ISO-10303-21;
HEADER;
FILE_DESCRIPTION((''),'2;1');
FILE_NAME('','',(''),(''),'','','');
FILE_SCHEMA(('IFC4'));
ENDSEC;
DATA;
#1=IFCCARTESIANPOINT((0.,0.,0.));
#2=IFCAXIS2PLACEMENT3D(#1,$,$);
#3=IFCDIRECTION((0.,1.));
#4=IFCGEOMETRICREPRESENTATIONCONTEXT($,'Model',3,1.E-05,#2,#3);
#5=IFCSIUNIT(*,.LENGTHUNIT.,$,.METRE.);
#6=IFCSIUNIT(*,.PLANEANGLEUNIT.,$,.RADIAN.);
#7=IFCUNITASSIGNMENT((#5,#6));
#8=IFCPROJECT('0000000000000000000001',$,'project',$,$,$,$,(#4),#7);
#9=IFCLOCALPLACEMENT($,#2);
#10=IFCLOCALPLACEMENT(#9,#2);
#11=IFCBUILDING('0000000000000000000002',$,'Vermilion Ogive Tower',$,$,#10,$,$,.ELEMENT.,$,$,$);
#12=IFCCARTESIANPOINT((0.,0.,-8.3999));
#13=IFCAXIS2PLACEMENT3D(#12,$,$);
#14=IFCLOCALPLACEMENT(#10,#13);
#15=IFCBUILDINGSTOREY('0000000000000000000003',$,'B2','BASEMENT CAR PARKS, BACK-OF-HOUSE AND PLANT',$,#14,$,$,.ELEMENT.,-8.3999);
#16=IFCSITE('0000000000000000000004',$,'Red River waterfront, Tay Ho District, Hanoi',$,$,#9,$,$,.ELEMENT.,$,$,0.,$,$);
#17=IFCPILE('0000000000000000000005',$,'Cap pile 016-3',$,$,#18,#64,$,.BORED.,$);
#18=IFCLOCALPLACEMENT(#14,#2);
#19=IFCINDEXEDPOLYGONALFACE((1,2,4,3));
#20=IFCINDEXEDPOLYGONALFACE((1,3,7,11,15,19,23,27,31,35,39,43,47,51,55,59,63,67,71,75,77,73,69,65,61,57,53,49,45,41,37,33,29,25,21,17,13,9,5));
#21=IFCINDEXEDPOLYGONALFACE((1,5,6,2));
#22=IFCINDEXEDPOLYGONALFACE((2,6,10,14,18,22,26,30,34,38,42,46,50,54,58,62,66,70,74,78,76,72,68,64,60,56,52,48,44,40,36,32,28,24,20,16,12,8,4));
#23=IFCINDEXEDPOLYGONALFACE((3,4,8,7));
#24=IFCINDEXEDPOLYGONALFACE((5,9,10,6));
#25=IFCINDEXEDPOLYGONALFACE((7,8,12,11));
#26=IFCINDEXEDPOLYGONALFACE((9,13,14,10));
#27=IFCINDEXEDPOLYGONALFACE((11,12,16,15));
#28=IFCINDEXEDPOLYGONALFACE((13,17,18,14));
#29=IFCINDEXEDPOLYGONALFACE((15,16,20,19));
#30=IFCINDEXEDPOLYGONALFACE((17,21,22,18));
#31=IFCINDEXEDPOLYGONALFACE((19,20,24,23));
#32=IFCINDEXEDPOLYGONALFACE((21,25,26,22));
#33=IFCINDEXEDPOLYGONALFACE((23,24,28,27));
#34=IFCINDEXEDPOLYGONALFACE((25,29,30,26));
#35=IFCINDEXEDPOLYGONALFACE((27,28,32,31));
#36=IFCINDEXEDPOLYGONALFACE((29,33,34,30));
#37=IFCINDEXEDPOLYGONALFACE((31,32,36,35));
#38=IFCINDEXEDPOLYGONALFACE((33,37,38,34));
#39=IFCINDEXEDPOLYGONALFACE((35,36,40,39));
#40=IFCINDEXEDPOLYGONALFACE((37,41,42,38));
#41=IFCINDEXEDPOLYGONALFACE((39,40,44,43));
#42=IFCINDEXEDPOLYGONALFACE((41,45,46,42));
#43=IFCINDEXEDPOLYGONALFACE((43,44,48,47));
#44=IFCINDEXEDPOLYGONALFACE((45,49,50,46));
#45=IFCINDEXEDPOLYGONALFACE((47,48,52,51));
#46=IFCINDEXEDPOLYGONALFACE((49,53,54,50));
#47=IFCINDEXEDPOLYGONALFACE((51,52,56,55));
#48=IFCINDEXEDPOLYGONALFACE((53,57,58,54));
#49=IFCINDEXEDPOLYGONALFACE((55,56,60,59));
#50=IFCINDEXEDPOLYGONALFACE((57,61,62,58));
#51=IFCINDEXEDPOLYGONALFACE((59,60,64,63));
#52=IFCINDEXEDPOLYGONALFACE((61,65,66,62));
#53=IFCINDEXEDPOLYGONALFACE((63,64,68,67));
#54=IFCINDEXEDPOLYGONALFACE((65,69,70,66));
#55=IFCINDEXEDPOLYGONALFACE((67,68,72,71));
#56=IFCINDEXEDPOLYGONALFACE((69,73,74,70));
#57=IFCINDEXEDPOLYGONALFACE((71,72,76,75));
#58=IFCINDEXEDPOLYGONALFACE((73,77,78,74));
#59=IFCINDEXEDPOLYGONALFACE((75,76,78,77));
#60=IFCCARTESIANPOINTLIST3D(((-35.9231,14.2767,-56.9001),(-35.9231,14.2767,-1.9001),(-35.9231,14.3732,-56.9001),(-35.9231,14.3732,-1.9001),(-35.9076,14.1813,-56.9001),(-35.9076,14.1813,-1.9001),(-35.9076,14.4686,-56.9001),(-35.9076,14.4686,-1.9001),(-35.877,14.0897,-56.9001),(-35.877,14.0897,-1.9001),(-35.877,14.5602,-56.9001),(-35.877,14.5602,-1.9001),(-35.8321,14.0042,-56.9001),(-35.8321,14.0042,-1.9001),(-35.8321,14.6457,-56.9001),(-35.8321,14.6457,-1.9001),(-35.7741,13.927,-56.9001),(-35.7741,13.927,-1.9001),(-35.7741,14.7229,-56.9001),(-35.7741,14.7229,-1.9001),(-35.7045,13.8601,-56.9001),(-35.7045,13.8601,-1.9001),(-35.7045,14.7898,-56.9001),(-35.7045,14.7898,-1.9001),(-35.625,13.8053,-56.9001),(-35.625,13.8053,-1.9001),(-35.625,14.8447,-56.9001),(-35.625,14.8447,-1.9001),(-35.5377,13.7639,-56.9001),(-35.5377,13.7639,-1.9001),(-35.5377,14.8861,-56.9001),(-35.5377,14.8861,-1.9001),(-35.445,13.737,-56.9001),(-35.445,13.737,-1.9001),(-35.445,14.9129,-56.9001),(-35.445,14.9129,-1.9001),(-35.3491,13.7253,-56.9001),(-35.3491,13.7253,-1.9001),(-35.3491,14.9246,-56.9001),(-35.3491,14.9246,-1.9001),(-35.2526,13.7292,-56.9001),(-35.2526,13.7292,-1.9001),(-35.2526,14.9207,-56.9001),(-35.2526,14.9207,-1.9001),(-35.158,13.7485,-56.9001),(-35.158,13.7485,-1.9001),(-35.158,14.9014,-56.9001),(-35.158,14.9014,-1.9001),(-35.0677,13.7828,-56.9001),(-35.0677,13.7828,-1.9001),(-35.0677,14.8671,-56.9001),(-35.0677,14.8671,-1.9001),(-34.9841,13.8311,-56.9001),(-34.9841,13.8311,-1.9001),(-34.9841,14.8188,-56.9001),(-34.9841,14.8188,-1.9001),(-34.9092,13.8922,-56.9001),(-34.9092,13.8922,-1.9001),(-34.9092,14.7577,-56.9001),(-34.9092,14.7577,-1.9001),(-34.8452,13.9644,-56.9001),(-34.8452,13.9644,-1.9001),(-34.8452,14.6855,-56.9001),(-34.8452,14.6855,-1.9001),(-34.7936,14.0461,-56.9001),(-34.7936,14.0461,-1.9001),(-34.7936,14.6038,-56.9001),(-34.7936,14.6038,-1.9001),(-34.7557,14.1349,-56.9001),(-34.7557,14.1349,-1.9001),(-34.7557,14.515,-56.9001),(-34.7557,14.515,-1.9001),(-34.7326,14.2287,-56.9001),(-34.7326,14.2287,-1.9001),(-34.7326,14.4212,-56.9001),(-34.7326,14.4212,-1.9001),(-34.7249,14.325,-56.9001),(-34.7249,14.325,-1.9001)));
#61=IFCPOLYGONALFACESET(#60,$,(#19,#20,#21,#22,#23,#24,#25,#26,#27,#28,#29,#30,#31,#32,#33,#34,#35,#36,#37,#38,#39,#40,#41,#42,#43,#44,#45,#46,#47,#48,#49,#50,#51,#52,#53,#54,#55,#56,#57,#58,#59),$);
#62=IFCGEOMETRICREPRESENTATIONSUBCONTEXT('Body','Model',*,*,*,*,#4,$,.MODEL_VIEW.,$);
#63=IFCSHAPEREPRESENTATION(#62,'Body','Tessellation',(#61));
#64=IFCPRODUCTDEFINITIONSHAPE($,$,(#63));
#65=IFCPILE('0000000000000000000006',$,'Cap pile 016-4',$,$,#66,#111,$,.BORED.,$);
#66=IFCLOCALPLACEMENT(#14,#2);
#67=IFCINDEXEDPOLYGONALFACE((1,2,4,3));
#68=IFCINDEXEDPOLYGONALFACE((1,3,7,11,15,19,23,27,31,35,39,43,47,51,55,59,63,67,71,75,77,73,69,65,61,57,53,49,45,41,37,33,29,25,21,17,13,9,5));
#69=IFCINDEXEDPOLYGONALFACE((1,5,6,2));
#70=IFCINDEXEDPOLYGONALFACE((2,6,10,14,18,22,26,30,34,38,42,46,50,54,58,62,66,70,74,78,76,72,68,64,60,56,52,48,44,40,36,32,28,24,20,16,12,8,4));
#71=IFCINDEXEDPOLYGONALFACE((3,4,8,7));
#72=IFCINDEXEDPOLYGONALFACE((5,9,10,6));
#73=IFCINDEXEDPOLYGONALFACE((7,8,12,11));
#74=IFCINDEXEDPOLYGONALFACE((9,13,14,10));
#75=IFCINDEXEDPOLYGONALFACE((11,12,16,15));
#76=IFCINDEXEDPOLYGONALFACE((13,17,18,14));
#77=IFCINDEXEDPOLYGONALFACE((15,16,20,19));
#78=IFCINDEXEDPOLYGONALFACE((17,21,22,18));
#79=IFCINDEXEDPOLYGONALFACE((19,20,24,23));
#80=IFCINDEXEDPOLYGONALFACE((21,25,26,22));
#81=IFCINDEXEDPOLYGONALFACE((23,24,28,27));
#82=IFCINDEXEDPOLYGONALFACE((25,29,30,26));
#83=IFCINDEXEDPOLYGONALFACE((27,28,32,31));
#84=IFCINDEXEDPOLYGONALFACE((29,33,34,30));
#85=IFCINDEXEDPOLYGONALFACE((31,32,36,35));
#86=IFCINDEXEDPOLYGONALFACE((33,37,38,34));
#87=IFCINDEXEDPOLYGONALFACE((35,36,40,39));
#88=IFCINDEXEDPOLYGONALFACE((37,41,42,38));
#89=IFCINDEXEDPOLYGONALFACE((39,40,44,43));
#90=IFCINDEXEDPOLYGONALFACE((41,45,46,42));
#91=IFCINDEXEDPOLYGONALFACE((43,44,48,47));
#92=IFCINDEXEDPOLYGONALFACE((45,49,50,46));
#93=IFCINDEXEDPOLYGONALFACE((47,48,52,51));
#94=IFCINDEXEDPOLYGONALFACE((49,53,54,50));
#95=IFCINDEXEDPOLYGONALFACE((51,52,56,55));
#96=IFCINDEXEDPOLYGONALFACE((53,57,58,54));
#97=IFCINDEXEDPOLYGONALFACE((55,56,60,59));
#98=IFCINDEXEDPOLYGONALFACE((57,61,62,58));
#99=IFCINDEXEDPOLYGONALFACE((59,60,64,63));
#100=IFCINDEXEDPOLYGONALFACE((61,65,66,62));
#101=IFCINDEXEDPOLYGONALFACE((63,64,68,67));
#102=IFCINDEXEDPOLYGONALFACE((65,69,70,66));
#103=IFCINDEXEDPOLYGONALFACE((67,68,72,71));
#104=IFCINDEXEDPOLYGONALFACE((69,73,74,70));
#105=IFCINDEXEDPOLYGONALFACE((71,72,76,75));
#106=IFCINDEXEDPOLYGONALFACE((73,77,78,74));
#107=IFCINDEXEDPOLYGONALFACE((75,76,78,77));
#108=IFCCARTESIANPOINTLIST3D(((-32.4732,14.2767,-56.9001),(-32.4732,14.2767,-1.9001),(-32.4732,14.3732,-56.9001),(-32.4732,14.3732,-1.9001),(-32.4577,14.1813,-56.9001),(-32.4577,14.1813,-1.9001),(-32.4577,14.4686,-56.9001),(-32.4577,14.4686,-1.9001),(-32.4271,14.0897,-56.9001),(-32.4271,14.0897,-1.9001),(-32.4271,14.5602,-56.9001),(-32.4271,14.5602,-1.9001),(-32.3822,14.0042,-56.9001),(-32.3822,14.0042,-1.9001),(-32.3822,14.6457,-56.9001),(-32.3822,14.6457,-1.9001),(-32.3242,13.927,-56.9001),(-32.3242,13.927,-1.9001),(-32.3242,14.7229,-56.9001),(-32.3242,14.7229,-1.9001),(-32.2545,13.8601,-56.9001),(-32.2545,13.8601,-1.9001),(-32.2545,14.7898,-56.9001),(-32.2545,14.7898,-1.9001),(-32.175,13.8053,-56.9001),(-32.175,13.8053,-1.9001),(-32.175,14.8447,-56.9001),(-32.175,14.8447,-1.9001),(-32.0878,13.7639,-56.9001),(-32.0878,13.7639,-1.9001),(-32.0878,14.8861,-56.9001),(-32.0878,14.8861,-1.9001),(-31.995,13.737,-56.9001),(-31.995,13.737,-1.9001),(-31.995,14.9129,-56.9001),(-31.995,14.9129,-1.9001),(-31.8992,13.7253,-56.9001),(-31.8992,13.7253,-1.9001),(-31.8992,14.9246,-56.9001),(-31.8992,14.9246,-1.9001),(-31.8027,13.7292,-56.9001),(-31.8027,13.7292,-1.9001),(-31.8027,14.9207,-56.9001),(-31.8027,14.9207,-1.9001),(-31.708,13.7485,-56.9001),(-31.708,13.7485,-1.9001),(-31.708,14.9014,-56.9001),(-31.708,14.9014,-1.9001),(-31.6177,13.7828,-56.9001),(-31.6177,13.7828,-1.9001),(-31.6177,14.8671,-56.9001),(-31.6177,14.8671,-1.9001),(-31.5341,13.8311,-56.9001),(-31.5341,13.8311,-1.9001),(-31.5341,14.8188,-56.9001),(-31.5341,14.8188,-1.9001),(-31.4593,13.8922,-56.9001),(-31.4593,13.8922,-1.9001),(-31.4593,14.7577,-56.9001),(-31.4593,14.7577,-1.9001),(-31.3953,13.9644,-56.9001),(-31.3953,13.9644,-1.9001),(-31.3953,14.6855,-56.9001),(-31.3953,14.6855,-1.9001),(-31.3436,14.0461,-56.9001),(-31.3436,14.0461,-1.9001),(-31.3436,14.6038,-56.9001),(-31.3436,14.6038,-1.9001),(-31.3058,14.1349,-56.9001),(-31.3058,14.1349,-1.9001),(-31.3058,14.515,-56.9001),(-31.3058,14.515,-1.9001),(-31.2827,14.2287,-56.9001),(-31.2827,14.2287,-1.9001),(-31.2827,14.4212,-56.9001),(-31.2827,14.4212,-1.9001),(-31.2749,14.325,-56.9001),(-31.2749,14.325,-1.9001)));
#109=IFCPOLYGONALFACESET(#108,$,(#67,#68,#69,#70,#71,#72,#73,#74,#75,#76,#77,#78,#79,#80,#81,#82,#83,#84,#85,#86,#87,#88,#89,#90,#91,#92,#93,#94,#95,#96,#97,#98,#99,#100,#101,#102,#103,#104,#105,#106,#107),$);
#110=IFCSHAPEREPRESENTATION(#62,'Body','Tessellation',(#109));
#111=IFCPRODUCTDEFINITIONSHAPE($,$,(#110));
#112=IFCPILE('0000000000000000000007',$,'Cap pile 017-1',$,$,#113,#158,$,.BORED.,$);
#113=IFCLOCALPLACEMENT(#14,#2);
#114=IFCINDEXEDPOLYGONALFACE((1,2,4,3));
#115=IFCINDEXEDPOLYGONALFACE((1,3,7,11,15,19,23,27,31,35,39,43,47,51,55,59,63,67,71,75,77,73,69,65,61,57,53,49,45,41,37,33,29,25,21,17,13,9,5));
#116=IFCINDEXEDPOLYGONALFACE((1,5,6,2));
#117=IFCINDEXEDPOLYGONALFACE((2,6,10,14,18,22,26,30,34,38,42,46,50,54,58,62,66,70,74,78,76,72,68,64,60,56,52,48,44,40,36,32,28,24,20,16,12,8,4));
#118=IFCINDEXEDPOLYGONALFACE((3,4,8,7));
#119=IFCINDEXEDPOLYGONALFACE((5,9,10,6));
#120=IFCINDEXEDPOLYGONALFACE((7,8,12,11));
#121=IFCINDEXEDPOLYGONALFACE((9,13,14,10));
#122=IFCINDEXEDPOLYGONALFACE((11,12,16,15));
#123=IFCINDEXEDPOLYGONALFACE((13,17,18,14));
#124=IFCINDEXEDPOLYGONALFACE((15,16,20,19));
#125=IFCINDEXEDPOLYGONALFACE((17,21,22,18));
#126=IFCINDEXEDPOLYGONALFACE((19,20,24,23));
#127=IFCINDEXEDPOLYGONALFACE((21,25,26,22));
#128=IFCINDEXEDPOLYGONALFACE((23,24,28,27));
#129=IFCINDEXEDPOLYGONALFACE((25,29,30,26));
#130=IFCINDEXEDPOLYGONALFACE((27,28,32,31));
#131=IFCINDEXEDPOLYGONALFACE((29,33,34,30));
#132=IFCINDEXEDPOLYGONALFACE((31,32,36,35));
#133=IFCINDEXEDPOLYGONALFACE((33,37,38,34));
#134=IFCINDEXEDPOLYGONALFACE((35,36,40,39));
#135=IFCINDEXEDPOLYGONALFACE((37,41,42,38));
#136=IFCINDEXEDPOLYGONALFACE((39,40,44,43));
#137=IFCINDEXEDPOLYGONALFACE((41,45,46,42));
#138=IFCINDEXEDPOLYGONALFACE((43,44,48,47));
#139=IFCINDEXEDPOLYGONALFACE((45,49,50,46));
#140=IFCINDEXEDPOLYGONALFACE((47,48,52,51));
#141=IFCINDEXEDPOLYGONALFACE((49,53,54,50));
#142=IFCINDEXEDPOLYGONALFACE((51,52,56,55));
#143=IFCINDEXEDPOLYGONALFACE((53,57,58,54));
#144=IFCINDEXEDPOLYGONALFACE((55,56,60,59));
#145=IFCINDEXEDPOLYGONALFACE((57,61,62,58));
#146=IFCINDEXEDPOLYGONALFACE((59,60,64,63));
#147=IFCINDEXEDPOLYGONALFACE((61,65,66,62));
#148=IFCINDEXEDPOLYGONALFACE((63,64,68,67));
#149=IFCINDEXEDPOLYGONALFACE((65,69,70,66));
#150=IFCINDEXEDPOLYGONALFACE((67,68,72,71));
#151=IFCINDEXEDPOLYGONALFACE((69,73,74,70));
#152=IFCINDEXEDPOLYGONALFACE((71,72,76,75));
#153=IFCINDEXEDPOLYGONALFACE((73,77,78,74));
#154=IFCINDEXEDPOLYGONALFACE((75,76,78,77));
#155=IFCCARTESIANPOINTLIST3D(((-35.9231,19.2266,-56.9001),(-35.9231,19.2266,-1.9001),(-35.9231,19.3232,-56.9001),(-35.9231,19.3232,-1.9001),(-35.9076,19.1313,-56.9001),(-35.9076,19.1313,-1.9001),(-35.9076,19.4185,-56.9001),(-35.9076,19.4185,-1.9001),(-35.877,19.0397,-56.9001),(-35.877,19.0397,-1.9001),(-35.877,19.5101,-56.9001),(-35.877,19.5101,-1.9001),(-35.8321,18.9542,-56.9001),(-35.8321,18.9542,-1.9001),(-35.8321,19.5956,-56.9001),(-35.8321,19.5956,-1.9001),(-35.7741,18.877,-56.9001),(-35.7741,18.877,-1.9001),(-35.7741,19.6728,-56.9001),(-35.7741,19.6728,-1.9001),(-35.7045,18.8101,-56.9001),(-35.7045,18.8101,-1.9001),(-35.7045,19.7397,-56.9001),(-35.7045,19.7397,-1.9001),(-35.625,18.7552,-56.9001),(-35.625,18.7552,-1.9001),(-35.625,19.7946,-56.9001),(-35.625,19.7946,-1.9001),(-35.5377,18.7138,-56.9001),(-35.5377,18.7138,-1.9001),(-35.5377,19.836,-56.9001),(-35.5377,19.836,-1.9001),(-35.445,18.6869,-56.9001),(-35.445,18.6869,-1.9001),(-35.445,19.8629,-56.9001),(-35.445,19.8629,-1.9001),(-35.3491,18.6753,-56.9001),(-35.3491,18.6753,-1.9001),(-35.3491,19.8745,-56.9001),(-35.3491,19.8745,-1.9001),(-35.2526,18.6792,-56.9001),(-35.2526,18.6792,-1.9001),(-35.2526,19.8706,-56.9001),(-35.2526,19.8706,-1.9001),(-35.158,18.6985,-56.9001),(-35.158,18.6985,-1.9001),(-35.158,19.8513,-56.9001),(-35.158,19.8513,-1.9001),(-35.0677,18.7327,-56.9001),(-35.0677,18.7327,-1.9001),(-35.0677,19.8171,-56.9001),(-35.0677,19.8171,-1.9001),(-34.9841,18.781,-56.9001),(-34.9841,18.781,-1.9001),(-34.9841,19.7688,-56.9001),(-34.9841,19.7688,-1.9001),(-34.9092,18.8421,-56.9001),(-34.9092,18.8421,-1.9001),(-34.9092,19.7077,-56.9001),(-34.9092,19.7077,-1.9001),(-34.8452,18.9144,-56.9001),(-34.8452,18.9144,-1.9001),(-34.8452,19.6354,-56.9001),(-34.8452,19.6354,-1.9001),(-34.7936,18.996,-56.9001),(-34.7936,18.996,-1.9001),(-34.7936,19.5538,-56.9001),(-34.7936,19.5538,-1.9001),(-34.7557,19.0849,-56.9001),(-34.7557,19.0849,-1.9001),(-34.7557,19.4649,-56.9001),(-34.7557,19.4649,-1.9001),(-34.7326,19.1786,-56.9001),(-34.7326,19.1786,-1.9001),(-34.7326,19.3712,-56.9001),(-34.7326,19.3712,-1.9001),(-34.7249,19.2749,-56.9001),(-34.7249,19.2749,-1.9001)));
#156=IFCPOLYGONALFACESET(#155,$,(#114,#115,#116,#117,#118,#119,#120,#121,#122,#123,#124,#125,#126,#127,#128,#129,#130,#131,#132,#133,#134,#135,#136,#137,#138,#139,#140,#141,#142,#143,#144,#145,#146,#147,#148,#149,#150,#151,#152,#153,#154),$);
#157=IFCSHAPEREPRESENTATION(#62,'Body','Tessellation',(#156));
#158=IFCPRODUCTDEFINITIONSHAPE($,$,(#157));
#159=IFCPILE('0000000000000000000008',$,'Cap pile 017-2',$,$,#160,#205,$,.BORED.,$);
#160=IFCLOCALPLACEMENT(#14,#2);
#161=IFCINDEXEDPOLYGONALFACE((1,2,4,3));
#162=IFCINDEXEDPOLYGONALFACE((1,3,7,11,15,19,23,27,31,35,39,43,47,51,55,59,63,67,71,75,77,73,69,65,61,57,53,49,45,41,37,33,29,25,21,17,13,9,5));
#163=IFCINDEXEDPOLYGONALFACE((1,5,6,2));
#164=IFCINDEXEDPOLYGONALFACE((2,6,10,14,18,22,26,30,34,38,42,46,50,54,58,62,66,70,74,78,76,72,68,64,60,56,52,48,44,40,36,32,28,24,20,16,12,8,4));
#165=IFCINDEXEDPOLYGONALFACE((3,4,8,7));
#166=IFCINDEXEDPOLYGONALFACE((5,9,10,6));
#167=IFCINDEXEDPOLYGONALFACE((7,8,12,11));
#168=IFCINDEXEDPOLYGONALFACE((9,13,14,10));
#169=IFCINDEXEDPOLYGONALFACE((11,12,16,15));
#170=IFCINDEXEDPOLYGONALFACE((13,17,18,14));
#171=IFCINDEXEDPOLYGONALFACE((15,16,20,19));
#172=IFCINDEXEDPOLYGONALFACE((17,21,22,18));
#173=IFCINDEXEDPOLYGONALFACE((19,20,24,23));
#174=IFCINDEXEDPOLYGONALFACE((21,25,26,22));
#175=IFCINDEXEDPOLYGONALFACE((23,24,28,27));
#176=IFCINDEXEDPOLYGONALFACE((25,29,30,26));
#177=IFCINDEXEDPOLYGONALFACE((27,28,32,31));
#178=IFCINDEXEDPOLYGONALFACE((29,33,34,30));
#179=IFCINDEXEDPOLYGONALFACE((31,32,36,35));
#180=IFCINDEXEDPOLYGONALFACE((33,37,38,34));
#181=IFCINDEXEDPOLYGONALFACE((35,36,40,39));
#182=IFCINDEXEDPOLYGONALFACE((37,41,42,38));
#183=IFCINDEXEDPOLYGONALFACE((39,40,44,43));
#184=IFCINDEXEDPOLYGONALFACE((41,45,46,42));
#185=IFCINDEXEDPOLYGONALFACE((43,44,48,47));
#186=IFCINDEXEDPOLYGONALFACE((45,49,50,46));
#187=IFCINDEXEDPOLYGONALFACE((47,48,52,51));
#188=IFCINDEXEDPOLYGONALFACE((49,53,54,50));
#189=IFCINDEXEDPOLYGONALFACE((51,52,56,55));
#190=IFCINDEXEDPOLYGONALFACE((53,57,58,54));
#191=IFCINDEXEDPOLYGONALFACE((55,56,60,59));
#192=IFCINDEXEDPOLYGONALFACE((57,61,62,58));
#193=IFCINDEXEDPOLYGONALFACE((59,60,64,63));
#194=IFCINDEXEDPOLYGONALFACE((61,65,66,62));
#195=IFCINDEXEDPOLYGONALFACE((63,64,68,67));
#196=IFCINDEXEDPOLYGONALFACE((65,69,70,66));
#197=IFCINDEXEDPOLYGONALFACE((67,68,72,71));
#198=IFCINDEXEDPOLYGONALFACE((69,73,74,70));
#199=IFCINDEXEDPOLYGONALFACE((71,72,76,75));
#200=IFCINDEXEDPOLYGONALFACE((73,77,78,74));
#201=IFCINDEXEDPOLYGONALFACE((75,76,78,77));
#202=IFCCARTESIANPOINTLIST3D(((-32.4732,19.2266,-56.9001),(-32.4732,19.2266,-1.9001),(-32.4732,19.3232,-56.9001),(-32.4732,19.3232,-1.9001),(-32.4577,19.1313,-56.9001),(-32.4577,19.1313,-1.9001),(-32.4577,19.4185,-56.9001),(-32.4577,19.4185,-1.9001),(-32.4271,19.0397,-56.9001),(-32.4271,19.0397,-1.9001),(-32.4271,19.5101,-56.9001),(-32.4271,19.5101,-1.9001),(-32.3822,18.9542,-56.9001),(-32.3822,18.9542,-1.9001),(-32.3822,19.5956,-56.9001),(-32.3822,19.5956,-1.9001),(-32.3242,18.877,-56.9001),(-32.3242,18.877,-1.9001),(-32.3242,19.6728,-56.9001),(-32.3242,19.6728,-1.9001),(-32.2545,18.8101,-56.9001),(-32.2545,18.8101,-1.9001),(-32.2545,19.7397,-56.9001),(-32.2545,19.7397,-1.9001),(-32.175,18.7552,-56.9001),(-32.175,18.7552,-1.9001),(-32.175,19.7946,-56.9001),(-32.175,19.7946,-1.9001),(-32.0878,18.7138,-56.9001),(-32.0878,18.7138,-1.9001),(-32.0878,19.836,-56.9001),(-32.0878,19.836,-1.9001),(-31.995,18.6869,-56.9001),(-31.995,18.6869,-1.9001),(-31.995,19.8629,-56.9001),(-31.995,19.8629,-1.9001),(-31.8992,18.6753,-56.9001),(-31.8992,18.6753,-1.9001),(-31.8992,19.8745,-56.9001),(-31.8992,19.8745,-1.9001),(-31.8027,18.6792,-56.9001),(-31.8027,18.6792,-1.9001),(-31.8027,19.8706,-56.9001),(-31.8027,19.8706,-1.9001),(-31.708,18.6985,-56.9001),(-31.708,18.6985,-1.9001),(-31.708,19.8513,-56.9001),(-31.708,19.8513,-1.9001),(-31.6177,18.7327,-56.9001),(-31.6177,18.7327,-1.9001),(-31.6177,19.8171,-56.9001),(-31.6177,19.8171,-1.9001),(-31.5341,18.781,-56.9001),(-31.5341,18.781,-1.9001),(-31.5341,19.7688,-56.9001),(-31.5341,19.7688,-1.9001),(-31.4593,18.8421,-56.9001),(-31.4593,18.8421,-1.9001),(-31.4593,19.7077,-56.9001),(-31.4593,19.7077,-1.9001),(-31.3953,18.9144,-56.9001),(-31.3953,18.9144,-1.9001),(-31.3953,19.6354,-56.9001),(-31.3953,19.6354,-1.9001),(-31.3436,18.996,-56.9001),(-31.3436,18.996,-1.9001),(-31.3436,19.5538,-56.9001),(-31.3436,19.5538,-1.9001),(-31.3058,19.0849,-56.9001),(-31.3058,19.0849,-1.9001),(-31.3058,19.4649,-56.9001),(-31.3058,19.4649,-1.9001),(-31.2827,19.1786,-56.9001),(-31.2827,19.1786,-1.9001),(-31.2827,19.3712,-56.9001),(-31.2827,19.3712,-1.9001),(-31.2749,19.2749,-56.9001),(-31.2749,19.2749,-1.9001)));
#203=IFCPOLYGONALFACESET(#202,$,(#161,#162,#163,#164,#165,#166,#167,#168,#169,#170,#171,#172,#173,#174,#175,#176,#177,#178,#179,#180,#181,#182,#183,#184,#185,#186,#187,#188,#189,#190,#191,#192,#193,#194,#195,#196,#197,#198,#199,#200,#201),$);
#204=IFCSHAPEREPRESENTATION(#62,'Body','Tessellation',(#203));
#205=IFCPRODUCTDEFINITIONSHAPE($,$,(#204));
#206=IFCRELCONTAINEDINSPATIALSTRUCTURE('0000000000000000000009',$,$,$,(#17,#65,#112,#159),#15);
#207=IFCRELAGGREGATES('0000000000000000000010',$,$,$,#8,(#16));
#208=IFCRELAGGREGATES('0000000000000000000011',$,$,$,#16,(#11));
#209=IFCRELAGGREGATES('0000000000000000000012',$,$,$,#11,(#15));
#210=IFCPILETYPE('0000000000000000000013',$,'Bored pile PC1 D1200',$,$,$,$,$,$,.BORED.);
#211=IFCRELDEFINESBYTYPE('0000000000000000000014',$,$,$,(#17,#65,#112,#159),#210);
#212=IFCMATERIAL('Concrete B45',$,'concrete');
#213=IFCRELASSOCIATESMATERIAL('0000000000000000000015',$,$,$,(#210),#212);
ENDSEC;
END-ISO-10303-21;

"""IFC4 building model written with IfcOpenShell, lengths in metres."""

from ifc_helpers import new_model, si_unit, direction, frame, origin, origin_2d, place, context, subcontext, project, spatial, circle, extrude, material, type_object, element, save


model = new_model("IFC4")

# Units and contexts
model_context = context("Model", 3, precision=1e-05, world=origin(), true_north=direction((0.0, 1.0)))
body_context = subcontext(model_context, "Body", "Model", "MODEL_VIEW")
ifc_project = project(units=[si_unit("LENGTHUNIT", "METRE"), si_unit("PLANEANGLEUNIT", "RADIAN")], contexts=[model_context])

# Site, building, storey
site_placement = place(None, origin())
site = spatial("IfcSite", under=ifc_project, at=site_placement, Name="Red River waterfront, Tay Ho District, Hanoi", CompositionType="ELEMENT", RefElevation=0.0)
building_placement = place(site_placement, origin())
building = spatial("IfcBuilding", under=site, at=building_placement, Name="Vermilion Ogive Tower", CompositionType="ELEMENT")
storey_placement = place(building_placement, frame((0.0, 0.0, -8.3999)))
storey = spatial("IfcBuildingStorey", under=building, at=storey_placement, Name="B2", Description="BASEMENT CAR PARKS, BACK-OF-HOUSE AND PLANT", CompositionType="ELEMENT", Elevation=-8.3999)

# Piles
ifc_material_1 = material(Name="Concrete B45", Category="concrete")
pile_type_1 = type_object("IfcPileType", Name="Bored pile PC1 D1200", PredefinedType="BORED", material=ifc_material_1)
for number, where, z_axis, x_axis, name in (
    (1, (-35.325, 14.325, -1.9001), (0.0, 0.0, -1.0), (1.0, 0.0, 0.0), "Cap pile 016-3"),
    (2, (-31.875, 14.325, -1.9001), (0.0, 0.0, -1.0), (1.0, 0.0, 0.0), "Cap pile 016-4"),
    (3, (-35.325, 19.2749, -1.9001), (0.0, 0.0, -1.0), (1.0, 0.0, 0.0), "Cap pile 017-1"),
    (4, (-31.875, 19.2749, -1.9001), (0.0, 0.0, -1.0), (1.0, 0.0, 0.0), "Cap pile 017-2"),
):
    element("IfcPile", number, at=place(storey_placement, frame(where, z_axis=z_axis, x_axis=x_axis)), inside=storey, type_object=pile_type_1, Name=name, PredefinedType="BORED", context=body_context, shape_type="SweptSolid", body=[
        extrude(circle(Radius=0.6001, at=origin_2d()), origin(), (0.0, 0.0, 1.0), 55.0),
    ])

save(model, "model.ifc")
